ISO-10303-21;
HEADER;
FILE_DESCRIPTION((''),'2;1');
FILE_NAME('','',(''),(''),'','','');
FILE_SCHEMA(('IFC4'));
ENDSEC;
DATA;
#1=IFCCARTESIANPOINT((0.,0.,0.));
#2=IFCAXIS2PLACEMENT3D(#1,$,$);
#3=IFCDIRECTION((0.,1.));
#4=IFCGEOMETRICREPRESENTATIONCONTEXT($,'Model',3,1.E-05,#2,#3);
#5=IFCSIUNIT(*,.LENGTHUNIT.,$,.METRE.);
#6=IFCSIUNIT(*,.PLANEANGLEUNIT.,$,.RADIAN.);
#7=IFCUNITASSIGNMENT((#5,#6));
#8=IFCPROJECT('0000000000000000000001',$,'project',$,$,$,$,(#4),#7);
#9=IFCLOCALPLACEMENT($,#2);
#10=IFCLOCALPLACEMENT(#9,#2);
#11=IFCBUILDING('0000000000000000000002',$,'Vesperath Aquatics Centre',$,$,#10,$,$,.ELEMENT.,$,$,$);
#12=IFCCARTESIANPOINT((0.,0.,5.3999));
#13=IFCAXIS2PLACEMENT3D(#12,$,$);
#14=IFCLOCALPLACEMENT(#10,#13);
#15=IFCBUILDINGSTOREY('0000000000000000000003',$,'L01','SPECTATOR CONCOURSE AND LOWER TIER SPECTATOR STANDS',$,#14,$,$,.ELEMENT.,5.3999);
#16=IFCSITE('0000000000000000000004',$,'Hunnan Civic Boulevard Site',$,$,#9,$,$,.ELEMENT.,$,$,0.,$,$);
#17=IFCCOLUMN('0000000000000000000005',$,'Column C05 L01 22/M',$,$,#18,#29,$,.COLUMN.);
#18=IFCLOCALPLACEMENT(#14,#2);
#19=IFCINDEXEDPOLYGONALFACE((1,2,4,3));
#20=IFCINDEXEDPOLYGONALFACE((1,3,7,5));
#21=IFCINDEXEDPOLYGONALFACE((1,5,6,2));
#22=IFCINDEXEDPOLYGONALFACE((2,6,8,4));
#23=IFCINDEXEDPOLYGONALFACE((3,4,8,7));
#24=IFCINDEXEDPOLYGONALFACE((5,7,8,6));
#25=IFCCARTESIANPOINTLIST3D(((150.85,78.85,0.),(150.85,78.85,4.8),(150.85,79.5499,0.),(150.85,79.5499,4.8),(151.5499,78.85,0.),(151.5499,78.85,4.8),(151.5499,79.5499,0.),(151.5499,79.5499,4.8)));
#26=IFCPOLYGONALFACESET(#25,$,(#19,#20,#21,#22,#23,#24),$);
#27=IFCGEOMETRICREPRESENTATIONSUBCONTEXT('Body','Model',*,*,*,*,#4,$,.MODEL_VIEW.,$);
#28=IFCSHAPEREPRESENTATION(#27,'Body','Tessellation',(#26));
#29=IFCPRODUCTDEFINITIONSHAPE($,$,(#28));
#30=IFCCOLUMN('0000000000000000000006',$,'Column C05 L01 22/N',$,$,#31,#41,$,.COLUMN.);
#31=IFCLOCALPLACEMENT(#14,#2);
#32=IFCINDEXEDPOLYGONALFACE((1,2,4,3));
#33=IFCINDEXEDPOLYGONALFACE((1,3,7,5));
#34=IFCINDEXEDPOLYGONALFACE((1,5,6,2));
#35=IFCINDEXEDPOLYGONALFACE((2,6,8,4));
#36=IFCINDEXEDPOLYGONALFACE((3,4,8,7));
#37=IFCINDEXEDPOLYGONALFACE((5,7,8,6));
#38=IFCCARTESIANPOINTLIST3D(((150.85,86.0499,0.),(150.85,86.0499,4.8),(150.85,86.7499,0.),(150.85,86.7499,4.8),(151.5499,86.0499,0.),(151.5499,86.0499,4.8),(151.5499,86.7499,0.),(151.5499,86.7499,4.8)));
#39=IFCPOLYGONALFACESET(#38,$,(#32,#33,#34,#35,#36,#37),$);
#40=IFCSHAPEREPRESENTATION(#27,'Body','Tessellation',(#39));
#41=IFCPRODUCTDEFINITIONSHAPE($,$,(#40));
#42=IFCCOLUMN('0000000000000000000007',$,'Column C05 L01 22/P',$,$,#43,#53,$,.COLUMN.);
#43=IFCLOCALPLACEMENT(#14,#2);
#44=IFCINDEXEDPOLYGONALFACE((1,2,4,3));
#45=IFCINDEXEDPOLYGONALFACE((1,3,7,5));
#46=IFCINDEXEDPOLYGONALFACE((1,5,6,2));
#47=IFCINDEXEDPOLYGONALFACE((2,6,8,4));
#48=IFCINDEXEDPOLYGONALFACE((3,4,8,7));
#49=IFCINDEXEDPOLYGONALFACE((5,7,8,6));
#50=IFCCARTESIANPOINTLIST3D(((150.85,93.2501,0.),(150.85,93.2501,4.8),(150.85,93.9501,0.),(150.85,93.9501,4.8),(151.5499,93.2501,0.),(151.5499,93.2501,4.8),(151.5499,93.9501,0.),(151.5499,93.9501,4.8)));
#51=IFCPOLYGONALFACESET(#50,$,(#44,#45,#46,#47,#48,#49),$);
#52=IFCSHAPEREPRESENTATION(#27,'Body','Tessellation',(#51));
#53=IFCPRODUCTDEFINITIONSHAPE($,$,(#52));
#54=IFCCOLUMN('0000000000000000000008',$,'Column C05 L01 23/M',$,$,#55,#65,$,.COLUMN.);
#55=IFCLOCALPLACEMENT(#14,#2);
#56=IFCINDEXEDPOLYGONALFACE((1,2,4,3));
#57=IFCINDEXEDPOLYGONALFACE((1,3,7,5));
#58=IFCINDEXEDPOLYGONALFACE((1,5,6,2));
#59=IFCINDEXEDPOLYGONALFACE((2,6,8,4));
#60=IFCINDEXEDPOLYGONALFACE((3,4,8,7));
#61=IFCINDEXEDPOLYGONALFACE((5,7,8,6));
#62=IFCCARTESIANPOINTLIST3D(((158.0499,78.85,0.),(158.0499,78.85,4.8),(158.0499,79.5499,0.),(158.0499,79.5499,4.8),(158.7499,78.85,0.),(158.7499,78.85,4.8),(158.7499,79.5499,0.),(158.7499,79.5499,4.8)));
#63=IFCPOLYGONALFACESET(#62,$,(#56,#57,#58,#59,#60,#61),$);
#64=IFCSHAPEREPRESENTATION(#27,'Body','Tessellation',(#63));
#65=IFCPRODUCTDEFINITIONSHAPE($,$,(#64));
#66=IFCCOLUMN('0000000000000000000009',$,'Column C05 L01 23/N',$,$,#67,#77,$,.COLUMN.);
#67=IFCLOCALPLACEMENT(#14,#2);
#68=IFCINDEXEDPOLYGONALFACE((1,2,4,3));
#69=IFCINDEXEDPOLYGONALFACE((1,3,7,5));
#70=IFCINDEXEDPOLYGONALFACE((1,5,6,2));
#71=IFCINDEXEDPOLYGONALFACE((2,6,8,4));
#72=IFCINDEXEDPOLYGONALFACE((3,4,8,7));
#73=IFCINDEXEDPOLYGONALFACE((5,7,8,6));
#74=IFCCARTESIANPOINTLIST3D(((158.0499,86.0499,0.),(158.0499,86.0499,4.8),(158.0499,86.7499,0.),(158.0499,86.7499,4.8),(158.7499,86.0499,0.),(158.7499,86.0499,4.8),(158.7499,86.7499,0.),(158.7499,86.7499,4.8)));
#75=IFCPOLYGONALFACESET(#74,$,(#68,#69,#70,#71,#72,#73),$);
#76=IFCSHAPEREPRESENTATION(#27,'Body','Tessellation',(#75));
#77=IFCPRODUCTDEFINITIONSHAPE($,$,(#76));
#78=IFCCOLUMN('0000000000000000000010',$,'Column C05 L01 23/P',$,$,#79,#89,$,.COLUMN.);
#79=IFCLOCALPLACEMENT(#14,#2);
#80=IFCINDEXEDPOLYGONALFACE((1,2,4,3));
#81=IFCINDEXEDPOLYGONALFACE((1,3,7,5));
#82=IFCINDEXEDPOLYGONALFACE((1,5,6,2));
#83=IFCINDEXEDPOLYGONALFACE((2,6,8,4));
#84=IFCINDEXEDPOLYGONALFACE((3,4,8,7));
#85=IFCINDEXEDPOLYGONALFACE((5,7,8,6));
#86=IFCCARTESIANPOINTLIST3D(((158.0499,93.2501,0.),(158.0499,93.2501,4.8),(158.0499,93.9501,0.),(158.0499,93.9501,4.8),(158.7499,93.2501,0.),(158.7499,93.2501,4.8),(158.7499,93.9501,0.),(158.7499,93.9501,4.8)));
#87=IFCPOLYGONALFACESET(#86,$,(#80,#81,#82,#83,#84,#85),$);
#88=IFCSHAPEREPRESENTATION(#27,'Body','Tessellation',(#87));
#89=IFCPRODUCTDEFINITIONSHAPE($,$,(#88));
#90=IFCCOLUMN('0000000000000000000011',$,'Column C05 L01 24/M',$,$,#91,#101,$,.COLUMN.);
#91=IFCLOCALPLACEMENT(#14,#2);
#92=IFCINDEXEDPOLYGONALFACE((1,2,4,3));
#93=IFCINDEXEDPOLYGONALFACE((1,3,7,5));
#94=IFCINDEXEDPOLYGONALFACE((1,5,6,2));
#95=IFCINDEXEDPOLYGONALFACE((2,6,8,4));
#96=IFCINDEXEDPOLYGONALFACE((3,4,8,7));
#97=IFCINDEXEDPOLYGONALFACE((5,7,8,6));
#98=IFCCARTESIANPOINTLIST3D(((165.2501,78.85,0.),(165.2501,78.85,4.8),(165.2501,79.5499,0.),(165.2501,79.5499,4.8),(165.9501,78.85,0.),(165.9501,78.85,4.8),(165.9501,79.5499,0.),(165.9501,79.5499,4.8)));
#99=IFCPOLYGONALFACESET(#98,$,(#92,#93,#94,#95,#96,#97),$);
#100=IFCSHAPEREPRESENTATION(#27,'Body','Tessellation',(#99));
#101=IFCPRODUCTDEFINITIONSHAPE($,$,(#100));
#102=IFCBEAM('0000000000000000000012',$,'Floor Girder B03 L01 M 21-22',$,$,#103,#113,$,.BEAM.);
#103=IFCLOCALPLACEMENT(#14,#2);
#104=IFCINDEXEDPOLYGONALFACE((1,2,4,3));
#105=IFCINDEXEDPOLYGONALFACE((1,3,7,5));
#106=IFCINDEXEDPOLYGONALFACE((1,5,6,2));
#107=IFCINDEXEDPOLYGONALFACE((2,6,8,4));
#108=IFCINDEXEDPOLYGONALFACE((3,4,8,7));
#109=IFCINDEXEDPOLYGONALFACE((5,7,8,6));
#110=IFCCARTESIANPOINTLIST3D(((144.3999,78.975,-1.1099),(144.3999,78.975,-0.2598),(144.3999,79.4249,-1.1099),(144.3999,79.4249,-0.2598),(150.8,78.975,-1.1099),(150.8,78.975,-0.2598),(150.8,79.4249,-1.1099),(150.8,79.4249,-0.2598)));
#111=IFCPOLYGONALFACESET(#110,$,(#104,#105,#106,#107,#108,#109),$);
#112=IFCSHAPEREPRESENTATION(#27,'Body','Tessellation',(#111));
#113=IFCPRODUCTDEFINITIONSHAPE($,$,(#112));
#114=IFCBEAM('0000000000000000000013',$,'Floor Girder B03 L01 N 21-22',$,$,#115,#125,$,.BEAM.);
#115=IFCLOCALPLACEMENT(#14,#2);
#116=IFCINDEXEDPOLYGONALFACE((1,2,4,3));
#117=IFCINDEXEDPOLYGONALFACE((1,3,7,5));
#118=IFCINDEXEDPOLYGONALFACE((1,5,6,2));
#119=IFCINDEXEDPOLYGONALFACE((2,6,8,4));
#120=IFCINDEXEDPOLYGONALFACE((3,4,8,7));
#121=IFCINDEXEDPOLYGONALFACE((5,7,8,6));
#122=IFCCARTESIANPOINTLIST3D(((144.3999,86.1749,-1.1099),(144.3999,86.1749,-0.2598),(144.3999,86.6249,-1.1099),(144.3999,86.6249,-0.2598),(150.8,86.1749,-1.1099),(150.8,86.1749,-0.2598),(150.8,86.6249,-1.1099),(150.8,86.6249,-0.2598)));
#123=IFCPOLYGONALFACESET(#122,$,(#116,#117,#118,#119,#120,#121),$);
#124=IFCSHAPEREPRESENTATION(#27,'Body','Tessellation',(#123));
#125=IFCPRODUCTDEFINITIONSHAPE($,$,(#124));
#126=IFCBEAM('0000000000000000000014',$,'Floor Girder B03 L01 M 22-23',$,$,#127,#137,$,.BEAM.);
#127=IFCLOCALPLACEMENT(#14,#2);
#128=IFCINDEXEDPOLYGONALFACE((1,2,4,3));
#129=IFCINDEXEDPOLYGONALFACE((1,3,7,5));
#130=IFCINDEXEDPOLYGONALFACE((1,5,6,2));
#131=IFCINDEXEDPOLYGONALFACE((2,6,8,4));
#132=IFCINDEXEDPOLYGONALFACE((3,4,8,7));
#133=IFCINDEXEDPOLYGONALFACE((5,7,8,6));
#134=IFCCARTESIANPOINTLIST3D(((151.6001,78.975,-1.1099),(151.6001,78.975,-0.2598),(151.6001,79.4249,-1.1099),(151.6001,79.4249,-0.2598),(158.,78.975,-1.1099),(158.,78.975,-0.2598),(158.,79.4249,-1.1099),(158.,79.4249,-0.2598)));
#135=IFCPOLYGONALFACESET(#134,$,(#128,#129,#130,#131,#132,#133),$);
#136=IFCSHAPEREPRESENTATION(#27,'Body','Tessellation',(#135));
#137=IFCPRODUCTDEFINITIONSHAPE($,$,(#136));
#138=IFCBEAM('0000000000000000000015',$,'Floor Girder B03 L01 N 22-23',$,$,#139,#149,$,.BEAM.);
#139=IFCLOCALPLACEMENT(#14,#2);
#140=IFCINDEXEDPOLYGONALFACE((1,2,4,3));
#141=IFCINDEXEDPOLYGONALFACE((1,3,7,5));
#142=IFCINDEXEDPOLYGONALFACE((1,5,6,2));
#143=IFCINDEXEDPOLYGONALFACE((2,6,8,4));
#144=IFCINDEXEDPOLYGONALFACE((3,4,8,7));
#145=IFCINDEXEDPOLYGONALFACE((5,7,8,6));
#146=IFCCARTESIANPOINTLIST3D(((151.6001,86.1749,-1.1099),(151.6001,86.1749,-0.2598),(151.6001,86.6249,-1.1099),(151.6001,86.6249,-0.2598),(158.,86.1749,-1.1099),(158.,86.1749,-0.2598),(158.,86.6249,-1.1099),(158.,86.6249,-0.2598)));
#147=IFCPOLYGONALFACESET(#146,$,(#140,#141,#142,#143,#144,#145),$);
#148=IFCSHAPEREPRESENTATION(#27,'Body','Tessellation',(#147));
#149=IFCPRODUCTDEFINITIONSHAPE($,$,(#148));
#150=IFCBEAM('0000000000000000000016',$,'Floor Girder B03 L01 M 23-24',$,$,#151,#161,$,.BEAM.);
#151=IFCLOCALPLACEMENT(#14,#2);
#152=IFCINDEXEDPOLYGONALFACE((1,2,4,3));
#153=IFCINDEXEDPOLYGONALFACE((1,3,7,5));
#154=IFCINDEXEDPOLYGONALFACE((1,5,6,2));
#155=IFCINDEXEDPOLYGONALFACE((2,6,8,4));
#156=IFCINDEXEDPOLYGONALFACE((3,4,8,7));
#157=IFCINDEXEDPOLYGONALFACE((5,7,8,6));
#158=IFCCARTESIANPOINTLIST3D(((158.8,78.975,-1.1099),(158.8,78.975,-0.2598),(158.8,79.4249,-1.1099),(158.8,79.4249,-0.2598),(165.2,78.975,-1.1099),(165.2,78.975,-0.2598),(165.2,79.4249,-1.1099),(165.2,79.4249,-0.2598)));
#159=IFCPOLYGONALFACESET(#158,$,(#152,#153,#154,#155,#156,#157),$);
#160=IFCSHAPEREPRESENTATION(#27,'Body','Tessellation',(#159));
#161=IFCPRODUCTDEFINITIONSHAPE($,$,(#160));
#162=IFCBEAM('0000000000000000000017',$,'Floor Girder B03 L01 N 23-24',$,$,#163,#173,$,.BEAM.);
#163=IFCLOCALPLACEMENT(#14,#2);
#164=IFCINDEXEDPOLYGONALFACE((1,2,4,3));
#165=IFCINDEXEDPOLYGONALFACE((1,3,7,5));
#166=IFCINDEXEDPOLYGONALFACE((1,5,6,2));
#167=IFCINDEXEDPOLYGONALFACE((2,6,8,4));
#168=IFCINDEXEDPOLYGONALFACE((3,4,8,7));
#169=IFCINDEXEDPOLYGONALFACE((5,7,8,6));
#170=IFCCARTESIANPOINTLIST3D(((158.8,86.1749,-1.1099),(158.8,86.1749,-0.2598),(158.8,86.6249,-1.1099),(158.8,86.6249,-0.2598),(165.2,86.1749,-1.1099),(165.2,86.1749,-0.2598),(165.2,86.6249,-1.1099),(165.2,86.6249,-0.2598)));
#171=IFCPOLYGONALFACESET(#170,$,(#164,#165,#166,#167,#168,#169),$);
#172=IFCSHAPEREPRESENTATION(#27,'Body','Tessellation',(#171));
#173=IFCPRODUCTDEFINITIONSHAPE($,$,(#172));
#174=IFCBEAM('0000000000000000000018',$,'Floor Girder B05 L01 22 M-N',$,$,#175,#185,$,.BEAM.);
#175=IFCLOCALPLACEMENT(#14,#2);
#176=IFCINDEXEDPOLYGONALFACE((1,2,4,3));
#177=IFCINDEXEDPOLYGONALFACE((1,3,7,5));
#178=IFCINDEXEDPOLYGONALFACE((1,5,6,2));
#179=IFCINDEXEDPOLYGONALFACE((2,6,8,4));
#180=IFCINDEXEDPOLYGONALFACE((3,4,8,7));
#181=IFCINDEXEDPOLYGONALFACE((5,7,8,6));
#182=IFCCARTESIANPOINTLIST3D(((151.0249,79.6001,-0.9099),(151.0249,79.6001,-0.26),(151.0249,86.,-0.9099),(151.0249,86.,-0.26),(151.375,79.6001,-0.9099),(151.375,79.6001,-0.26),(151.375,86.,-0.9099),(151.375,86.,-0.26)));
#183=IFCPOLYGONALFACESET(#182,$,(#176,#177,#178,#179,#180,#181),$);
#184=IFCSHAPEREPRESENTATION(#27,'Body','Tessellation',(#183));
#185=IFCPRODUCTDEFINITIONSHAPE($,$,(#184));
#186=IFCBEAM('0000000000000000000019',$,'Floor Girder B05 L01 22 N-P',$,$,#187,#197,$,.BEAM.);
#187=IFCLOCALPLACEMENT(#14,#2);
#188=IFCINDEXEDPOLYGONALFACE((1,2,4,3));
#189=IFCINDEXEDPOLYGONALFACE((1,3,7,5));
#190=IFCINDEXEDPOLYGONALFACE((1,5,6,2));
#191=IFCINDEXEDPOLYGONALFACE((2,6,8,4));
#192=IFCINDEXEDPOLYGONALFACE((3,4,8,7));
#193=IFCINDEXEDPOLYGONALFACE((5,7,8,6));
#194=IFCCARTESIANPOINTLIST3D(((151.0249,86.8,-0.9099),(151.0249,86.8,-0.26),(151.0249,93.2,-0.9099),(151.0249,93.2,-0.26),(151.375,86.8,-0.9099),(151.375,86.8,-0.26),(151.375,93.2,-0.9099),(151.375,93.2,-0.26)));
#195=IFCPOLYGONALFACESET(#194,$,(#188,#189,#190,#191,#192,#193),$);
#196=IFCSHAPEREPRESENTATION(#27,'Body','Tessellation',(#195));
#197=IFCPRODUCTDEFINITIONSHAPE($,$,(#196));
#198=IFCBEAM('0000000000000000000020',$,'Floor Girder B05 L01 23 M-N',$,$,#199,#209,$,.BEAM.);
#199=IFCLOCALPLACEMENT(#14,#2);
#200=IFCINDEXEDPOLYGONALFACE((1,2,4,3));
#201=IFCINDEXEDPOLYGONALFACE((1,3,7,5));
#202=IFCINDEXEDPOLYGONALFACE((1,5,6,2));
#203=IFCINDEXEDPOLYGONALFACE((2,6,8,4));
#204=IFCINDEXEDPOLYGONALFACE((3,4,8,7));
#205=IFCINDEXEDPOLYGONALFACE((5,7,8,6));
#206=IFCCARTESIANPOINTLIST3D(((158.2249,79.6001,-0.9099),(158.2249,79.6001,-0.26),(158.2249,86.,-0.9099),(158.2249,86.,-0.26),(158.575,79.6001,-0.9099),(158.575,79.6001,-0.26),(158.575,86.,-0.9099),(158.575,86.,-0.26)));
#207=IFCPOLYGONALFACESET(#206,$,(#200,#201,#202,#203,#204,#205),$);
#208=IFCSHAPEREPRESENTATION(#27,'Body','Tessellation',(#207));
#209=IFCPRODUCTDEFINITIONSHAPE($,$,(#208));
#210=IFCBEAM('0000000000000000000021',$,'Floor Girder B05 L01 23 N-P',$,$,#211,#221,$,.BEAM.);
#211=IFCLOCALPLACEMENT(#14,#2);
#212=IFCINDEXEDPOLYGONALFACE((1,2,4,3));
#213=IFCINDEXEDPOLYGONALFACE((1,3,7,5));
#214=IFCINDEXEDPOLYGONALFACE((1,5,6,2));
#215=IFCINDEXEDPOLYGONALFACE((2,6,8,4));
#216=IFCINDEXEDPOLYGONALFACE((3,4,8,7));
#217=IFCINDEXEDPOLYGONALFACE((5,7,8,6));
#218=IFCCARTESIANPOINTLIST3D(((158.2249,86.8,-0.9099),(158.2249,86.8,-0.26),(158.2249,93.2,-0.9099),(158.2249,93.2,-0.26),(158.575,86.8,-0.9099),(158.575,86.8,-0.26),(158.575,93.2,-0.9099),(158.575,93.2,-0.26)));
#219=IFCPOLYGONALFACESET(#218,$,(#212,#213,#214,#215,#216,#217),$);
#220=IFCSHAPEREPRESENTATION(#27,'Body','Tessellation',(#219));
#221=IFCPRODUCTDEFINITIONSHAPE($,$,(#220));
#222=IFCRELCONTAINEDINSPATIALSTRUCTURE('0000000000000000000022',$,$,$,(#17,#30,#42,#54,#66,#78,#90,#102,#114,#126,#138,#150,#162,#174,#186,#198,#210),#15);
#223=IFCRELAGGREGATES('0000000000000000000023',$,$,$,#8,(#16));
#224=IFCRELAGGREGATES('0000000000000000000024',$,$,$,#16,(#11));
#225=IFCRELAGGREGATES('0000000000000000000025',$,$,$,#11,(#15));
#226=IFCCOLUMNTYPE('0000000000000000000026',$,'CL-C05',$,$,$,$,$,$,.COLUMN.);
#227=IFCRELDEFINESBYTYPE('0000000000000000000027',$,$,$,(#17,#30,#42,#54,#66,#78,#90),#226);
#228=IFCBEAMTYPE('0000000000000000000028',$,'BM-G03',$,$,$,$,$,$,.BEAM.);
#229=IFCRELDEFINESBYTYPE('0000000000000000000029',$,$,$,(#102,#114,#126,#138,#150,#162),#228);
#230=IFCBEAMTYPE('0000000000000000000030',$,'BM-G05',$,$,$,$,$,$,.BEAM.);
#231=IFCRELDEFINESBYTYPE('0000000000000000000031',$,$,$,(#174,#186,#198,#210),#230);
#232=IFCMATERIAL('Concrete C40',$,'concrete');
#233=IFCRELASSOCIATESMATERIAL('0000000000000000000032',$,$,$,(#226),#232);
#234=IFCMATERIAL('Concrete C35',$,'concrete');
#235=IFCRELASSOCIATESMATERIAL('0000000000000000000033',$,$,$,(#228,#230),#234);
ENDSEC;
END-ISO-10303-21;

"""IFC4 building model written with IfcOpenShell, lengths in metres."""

from ifc_helpers import new_model, si_unit, direction, frame, origin, origin_2d, place, context, subcontext, project, spatial, rectangle, extrude, material, material_profile, profile_set, type_object, element, save


model = new_model("IFC4")

# Units and contexts
model_context = context("Model", 3, precision=1e-05, world=origin(), true_north=direction((0.0, 1.0)))
body_context = subcontext(model_context, "Body", "Model", "MODEL_VIEW")
ifc_project = project(units=[si_unit("LENGTHUNIT", "METRE"), si_unit("PLANEANGLEUNIT", "RADIAN")], contexts=[model_context])

# Site, building, storey
site_placement = place(None, origin())
site = spatial("IfcSite", under=ifc_project, at=site_placement, Name="Hunnan Civic Boulevard Site", CompositionType="ELEMENT", RefElevation=0.0)
building_placement = place(site_placement, origin())
building = spatial("IfcBuilding", under=site, at=building_placement, Name="Vesperath Aquatics Centre", CompositionType="ELEMENT")
storey_placement = place(building_placement, frame((0.0, 0.0, 5.3999)))
storey = spatial("IfcBuildingStorey", under=building, at=storey_placement, Name="L01", Description="SPECTATOR CONCOURSE AND LOWER TIER SPECTATOR STANDS", CompositionType="ELEMENT", Elevation=5.3999)

# Columns
ifc_material_1 = material(Name="Concrete C40", Category="concrete")
ifc_material_profile_1 = material_profile(ifc_material_1, rectangle(XDim=0.7, YDim=0.7, at=origin_2d()), Name="RC 700x700")
ifc_profile_set_1 = profile_set([ifc_material_profile_1], Name="Concrete C40")
column_type = type_object("IfcColumnType", Name="CL-C05", PredefinedType="COLUMN", material=ifc_profile_set_1)
for number, where, z_axis, x_axis, name in (
    (1, (151.2, 79.2, 0.0), (0.0, 0.0, 1.0), (1.0, 0.0, 0.0), "Column C05 L01 22/M"),
    (2, (151.2, 86.3999, 0.0), (0.0, 0.0, 1.0), (1.0, 0.0, 0.0), "Column C05 L01 22/N"),
    (3, (151.2, 93.6001, 0.0), (0.0, 0.0, 1.0), (1.0, 0.0, 0.0), "Column C05 L01 22/P"),
    (4, (158.3999, 79.2, 0.0), (0.0, 0.0, 1.0), (1.0, 0.0, 0.0), "Column C05 L01 23/M"),
    (5, (158.3999, 86.3999, 0.0), (0.0, 0.0, 1.0), (1.0, 0.0, 0.0), "Column C05 L01 23/N"),
    (6, (158.3999, 93.6001, 0.0), (0.0, 0.0, 1.0), (1.0, 0.0, 0.0), "Column C05 L01 23/P"),
    (7, (165.6001, 79.2, 0.0), (0.0, 0.0, 1.0), (1.0, 0.0, 0.0), "Column C05 L01 24/M"),
):
    element("IfcColumn", number, at=place(storey_placement, frame(where, z_axis=z_axis, x_axis=x_axis)), inside=storey, type_object=column_type, Name=name, PredefinedType="COLUMN", context=body_context, shape_type="SweptSolid", body=[
        extrude(rectangle(XDim=0.7, YDim=0.7, at=origin_2d()), origin(), (0.0, 0.0, 1.0), 4.8),
    ])

# Beams
ifc_material_2 = material(Name="Concrete C35", Category="concrete")
ifc_material_profile_2 = material_profile(ifc_material_2, rectangle(XDim=0.45, YDim=0.8501, at=origin_2d()), Name="RC 450x850")
ifc_profile_set_2 = profile_set([ifc_material_profile_2], Name="Concrete C35")
beam_type_1 = type_object("IfcBeamType", Name="BM-G03", PredefinedType="BEAM", material=ifc_profile_set_2)
for number, where, z_axis, x_axis, name in (
    (8, (144.3999, 79.2, -0.6848), (1.0, 0.0, 0.0), (0.0, 1.0, 0.0), "Floor Girder B03 L01 M 21-22"),
    (9, (144.3999, 86.3999, -0.6848), (1.0, 0.0, 0.0), (0.0, 1.0, 0.0), "Floor Girder B03 L01 N 21-22"),
):
    element("IfcBeam", number, at=place(storey_placement, frame(where, z_axis=z_axis, x_axis=x_axis)), inside=storey, type_object=beam_type_1, Name=name, PredefinedType="BEAM", context=body_context, shape_type="SweptSolid", body=[
        extrude(rectangle(XDim=0.45, YDim=0.8501, at=origin_2d()), origin(), (0.0, 0.0, 1.0), 6.4001),
    ])
for number, where, z_axis, x_axis, name in (
    (10, (151.6001, 79.2, -0.6848), (1.0, 0.0, 0.0), (0.0, 1.0, 0.0), "Floor Girder B03 L01 M 22-23"),
    (11, (151.6001, 86.3999, -0.6848), (1.0, 0.0, 0.0), (0.0, 1.0, 0.0), "Floor Girder B03 L01 N 22-23"),
    (12, (158.8, 79.2, -0.6848), (1.0, 0.0, 0.0), (0.0, 1.0, 0.0), "Floor Girder B03 L01 M 23-24"),
    (13, (158.8, 86.3999, -0.6848), (1.0, 0.0, 0.0), (0.0, 1.0, 0.0), "Floor Girder B03 L01 N 23-24"),
):
    element("IfcBeam", number, at=place(storey_placement, frame(where, z_axis=z_axis, x_axis=x_axis)), inside=storey, type_object=beam_type_1, Name=name, PredefinedType="BEAM", context=body_context, shape_type="SweptSolid", body=[
        extrude(rectangle(XDim=0.45, YDim=0.8501, at=origin_2d()), origin(), (0.0, 0.0, 1.0), 6.3999),
    ])
ifc_material_profile_3 = material_profile(ifc_material_2, rectangle(XDim=0.3501, YDim=0.6499, at=origin_2d()), Name="RC 350x650")
ifc_profile_set_3 = profile_set([ifc_material_profile_3], Name="Concrete C35")
beam_type_2 = type_object("IfcBeamType", Name="BM-G05", PredefinedType="BEAM", material=ifc_profile_set_3)
for number, where, z_axis, x_axis, name in (
    (14, (151.2, 79.6001, -0.585), (0.0, 1.0, 0.0), (-1.0, 0.0, 0.0), "Floor Girder B05 L01 22 M-N"),
    (15, (151.2, 86.8, -0.585), (0.0, 1.0, 0.0), (-1.0, 0.0, 0.0), "Floor Girder B05 L01 22 N-P"),
    (16, (158.3999, 79.6001, -0.585), (0.0, 1.0, 0.0), (-1.0, 0.0, 0.0), "Floor Girder B05 L01 23 M-N"),
    (17, (158.3999, 86.8, -0.585), (0.0, 1.0, 0.0), (-1.0, 0.0, 0.0), "Floor Girder B05 L01 23 N-P"),
):
    element("IfcBeam", number, at=place(storey_placement, frame(where, z_axis=z_axis, x_axis=x_axis)), inside=storey, type_object=beam_type_2, Name=name, PredefinedType="BEAM", context=body_context, shape_type="SweptSolid", body=[
        extrude(rectangle(XDim=0.3501, YDim=0.6499, at=origin_2d()), origin(), (0.0, 0.0, 1.0), 6.3999),
    ])

save(model, "model.ifc")
